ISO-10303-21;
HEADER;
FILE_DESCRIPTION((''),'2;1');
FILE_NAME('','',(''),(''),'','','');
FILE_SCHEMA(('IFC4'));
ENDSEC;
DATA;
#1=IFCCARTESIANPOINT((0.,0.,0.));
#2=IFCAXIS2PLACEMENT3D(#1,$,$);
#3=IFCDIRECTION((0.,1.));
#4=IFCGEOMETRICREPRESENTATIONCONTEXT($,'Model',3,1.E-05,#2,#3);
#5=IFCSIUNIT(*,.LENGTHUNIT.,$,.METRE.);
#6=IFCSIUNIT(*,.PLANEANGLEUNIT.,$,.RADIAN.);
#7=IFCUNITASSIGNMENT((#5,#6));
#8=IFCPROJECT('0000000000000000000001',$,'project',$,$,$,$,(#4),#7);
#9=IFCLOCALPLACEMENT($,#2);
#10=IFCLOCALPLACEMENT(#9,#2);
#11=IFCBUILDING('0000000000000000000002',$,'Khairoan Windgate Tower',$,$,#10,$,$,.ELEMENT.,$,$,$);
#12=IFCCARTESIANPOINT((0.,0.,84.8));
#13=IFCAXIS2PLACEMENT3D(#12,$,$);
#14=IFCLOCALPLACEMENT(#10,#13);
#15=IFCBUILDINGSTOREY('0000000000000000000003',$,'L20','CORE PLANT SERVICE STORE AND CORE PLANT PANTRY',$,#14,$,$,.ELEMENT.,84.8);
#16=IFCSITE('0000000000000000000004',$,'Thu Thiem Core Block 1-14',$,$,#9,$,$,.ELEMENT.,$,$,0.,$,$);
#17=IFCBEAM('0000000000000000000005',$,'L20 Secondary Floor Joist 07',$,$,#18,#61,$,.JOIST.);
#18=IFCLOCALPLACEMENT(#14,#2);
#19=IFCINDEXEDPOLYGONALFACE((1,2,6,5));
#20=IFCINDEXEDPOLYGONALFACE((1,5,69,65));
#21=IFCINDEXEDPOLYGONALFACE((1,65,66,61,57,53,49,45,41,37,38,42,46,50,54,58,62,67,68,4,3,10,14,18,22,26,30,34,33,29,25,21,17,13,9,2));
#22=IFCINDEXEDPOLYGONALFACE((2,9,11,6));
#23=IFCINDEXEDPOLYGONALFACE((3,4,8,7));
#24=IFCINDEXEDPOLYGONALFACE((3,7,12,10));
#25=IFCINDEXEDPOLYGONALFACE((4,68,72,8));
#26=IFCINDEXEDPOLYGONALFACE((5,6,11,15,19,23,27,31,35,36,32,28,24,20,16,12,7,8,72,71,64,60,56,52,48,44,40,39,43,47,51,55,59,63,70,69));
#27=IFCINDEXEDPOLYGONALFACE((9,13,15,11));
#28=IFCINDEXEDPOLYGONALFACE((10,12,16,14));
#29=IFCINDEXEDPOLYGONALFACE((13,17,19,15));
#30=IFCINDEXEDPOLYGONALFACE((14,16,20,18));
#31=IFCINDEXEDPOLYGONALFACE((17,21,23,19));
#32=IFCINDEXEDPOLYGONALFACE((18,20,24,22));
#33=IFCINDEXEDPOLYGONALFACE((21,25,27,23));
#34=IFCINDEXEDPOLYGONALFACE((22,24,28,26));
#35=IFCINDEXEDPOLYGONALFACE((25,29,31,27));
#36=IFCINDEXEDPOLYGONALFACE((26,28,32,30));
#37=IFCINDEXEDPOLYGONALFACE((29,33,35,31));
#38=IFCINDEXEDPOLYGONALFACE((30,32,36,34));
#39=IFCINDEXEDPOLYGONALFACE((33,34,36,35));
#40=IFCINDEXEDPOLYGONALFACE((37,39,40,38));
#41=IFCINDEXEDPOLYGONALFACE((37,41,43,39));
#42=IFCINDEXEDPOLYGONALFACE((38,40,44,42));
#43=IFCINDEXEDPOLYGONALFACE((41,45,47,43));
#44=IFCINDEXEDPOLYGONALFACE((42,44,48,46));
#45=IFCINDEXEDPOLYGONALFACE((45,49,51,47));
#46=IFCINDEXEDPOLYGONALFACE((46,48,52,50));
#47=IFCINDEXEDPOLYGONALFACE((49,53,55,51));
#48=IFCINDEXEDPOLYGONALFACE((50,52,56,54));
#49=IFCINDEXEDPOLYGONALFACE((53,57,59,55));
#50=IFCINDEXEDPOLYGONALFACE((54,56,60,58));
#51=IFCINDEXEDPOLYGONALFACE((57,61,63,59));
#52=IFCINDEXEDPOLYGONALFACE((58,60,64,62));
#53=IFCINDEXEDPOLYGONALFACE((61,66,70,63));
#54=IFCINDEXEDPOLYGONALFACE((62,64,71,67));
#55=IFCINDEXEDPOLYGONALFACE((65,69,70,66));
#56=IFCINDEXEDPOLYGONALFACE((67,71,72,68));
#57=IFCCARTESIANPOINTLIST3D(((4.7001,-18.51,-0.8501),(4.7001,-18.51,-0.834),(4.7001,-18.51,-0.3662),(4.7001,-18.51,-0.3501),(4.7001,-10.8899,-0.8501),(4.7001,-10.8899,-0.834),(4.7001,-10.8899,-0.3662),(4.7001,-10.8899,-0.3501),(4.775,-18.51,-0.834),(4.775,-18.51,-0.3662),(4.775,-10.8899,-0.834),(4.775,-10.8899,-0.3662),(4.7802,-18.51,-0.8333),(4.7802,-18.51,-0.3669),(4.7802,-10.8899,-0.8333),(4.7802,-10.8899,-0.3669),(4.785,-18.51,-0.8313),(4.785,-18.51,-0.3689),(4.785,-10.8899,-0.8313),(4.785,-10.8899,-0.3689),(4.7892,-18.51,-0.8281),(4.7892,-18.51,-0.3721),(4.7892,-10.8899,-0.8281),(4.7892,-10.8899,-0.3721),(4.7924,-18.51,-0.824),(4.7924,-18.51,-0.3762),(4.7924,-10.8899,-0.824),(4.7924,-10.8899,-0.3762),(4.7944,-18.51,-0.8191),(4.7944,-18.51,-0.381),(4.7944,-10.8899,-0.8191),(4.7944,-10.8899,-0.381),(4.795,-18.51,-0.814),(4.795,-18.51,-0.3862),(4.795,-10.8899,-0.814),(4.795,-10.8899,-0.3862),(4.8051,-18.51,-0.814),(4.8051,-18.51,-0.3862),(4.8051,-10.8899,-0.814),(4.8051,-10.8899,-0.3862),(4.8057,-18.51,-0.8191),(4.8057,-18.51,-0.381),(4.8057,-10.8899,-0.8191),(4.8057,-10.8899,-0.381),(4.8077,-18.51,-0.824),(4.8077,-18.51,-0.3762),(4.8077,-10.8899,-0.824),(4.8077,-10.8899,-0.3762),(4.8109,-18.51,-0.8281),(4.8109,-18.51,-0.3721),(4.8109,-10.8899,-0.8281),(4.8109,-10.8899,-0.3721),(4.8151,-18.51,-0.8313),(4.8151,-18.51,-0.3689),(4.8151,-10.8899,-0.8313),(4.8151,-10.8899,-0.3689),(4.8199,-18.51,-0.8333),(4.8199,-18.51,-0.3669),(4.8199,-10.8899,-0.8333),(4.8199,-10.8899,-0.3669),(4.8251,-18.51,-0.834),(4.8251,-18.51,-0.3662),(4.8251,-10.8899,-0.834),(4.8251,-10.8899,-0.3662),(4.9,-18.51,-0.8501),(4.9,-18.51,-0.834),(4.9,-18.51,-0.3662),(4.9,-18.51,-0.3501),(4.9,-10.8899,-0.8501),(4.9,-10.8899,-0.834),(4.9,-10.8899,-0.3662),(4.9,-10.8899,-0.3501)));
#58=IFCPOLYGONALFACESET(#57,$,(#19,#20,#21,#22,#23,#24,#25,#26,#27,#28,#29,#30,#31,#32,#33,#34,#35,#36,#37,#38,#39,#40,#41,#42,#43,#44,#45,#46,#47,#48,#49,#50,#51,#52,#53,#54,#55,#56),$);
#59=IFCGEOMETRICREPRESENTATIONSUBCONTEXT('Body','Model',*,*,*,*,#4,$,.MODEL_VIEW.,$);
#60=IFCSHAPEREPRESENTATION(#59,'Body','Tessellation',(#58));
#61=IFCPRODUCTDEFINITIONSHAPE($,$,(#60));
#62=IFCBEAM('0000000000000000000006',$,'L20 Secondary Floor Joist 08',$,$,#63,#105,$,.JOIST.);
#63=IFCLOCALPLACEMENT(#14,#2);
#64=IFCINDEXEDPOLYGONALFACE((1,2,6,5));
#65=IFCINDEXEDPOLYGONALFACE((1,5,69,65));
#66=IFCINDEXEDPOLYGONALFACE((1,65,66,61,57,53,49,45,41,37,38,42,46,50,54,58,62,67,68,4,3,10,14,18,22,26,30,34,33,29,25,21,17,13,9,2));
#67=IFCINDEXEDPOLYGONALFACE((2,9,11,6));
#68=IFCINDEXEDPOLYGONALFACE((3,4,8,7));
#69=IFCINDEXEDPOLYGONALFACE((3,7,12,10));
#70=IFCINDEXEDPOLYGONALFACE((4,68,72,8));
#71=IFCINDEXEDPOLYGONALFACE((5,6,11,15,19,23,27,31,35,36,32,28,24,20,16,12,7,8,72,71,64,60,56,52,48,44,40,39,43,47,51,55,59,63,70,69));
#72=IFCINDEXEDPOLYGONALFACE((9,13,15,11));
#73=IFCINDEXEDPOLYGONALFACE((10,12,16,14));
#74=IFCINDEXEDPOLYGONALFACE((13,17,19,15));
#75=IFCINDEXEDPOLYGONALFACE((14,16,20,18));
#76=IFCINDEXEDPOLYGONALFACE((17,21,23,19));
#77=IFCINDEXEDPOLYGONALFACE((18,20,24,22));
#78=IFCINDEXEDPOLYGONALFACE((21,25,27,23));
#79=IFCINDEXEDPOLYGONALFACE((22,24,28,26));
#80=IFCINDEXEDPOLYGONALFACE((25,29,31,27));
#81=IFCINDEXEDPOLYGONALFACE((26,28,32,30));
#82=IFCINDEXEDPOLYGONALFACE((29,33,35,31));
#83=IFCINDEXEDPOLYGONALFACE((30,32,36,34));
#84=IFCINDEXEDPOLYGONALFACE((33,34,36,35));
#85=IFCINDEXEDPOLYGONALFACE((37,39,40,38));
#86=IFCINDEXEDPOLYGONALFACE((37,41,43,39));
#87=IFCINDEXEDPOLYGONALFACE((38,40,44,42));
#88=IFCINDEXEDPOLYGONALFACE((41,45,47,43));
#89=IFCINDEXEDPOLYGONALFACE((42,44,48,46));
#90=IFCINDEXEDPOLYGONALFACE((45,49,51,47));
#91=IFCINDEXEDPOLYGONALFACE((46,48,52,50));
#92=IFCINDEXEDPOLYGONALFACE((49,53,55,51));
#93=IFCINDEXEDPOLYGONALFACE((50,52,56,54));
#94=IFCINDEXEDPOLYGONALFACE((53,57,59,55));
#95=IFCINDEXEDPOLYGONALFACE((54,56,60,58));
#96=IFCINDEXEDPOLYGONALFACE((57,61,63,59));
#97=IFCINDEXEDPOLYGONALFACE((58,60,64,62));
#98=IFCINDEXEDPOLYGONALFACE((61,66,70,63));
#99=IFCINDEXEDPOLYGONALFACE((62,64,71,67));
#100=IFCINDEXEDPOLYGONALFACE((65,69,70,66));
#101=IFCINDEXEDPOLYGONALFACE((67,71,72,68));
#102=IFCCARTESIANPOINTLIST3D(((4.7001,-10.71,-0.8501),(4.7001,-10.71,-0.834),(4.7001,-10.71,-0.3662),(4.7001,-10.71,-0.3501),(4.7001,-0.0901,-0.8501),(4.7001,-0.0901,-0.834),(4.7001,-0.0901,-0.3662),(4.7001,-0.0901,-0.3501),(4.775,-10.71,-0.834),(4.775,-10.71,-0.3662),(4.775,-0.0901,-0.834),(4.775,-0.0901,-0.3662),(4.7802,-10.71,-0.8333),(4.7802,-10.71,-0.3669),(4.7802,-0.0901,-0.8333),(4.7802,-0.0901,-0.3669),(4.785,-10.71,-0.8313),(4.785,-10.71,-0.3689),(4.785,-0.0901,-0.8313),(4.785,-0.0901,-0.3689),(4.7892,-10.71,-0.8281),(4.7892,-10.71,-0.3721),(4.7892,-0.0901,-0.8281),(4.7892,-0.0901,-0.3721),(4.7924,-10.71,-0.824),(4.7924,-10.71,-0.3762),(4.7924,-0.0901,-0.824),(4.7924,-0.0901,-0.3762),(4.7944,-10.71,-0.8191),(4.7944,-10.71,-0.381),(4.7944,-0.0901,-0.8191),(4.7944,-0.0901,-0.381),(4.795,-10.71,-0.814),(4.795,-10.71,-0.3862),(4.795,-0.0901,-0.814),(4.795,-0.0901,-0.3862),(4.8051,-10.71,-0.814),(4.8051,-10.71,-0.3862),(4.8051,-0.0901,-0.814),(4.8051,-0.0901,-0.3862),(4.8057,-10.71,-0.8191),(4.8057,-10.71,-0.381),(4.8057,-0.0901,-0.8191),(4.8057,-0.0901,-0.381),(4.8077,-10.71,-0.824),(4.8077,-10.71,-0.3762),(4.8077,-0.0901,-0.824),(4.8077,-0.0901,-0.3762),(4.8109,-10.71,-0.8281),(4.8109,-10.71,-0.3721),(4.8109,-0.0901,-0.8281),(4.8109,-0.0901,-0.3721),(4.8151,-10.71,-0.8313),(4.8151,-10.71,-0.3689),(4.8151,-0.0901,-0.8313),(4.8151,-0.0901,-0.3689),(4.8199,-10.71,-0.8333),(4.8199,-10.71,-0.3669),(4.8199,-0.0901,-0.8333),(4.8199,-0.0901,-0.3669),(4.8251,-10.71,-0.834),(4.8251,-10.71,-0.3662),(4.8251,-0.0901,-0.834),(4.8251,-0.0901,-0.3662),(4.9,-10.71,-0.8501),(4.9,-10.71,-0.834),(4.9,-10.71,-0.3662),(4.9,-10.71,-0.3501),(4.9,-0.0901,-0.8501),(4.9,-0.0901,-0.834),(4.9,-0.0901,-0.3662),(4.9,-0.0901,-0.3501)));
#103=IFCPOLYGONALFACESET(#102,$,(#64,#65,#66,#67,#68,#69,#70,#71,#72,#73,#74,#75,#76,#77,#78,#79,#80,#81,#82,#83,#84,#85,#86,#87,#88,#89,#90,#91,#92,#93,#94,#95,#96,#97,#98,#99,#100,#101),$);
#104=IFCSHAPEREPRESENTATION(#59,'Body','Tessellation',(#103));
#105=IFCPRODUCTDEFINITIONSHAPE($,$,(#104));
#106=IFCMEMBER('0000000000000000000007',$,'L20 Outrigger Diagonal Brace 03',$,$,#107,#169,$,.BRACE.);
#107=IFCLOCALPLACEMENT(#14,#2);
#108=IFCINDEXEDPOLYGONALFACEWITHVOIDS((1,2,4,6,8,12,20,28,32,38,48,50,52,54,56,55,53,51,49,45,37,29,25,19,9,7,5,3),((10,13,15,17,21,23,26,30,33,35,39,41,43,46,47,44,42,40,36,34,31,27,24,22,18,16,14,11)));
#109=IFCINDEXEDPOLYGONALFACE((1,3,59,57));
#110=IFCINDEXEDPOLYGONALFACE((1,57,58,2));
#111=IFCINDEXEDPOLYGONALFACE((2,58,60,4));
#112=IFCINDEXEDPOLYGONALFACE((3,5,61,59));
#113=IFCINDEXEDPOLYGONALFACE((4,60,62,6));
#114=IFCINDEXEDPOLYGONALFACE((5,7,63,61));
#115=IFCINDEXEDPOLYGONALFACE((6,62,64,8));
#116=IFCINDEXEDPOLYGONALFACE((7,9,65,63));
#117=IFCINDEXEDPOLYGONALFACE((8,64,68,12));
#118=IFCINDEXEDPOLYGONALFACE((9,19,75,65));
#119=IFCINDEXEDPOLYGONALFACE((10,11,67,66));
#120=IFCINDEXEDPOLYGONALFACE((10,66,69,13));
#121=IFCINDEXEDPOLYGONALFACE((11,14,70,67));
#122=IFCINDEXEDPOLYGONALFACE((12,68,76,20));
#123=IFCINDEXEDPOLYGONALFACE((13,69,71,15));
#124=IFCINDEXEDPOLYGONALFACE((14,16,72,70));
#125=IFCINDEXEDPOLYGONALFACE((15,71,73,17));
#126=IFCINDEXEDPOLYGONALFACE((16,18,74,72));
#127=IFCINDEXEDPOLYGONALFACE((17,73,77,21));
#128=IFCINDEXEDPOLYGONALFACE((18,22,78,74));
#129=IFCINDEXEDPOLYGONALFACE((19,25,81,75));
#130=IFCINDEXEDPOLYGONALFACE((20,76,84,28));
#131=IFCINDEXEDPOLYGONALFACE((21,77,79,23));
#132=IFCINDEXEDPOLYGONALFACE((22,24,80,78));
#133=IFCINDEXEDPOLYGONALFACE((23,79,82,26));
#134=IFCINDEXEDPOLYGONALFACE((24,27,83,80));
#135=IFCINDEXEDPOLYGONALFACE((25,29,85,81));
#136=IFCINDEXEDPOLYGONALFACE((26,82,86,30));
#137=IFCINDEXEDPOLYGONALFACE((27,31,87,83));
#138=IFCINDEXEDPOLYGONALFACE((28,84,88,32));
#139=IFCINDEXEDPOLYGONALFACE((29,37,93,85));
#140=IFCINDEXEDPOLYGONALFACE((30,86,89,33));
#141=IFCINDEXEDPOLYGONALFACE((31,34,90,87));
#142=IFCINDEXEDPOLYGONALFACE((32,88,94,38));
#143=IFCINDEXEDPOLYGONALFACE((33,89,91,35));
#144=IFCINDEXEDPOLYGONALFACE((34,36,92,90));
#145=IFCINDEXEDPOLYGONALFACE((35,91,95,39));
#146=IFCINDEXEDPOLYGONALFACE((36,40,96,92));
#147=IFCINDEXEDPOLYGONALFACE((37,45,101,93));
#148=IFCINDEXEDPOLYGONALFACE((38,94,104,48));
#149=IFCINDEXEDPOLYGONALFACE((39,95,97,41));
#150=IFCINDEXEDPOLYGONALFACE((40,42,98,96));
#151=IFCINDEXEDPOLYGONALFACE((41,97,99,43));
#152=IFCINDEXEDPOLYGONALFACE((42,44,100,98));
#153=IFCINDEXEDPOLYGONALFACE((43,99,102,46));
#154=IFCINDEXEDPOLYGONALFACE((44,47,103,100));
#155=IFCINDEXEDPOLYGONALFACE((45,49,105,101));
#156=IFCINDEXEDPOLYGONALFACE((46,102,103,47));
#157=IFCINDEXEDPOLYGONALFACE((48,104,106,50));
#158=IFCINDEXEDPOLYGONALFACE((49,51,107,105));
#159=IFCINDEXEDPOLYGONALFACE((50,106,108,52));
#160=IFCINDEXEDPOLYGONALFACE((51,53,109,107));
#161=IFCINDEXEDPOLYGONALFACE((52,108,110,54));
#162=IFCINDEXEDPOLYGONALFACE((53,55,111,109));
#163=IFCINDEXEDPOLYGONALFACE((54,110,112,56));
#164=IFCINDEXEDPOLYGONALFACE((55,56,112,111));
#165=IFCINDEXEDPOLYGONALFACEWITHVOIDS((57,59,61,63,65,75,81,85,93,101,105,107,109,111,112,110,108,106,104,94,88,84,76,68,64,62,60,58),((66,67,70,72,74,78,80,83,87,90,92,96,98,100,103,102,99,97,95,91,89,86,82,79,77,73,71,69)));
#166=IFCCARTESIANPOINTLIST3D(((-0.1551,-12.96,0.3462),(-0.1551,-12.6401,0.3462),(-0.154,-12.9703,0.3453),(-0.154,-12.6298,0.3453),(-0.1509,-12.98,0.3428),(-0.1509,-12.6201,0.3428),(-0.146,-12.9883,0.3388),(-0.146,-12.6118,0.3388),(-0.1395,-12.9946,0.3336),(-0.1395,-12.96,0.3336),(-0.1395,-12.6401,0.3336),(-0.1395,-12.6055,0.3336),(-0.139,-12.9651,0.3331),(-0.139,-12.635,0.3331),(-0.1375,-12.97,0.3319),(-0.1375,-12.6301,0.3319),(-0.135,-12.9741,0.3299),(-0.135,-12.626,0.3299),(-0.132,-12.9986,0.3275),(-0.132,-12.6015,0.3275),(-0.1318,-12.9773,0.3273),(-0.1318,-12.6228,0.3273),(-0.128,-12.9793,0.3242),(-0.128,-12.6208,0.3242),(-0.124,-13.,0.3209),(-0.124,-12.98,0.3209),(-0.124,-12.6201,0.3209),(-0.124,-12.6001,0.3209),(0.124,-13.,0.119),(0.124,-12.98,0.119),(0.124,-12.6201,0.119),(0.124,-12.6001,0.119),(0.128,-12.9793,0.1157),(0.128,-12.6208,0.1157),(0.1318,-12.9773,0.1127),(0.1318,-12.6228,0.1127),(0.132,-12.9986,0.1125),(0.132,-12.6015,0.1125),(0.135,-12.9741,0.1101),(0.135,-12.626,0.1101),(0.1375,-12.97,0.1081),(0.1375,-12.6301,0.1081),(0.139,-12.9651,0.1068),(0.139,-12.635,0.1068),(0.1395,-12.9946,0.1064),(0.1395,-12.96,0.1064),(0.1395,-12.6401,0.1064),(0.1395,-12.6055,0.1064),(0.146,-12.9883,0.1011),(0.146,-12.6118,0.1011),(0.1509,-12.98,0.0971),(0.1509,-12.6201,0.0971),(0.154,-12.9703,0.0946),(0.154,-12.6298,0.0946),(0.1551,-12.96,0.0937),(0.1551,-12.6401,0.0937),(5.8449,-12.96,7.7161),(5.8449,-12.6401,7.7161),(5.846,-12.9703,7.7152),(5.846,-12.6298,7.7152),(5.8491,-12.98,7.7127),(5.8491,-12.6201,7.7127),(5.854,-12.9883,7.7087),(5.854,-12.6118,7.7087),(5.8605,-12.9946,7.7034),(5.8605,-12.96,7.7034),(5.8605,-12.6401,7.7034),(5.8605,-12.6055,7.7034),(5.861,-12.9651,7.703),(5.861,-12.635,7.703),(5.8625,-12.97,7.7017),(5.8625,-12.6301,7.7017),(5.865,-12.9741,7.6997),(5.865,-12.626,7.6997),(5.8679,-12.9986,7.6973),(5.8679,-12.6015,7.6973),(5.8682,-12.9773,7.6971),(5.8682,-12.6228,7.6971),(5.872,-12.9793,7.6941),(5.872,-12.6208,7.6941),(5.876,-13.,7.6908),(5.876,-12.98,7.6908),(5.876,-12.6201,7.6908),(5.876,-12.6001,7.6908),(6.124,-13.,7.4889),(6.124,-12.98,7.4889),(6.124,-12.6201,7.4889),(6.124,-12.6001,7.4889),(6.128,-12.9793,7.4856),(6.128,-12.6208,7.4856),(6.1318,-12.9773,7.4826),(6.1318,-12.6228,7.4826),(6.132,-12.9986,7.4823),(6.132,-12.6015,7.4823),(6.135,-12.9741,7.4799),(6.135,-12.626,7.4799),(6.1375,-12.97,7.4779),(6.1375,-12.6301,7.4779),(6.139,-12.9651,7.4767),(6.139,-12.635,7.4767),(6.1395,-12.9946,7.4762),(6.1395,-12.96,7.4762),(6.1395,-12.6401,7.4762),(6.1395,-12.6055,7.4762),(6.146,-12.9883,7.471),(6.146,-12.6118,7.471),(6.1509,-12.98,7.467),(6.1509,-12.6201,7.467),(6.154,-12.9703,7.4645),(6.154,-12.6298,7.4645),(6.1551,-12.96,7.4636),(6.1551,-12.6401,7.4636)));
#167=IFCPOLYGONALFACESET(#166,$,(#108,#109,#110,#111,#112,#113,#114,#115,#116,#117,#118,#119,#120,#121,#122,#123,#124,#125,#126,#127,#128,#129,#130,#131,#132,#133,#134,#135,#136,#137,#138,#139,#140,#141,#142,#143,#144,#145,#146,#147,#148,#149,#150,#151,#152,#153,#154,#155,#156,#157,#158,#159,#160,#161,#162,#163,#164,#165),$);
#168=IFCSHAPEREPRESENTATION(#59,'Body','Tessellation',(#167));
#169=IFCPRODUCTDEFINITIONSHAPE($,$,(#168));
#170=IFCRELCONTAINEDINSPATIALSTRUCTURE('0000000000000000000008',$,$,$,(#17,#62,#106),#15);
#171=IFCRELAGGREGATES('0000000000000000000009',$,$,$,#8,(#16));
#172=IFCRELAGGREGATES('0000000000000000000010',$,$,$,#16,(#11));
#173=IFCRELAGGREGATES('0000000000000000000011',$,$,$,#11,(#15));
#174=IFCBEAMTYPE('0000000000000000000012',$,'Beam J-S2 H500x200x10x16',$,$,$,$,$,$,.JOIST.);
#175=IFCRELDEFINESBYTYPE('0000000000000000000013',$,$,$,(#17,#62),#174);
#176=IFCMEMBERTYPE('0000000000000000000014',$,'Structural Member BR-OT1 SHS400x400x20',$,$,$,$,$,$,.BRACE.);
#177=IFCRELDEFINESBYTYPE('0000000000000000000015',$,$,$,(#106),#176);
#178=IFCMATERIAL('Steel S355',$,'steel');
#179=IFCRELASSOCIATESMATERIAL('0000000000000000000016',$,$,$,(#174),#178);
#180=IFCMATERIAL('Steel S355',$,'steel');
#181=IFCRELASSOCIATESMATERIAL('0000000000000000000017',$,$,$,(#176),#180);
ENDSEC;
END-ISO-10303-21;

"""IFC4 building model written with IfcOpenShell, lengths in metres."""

from ifc_helpers import new_model, si_unit, direction, frame, origin, origin_2d, place, context, subcontext, project, spatial, hollow_rectangle, i_section, extrude, material, material_profile, profile_set, type_object, element, save


model = new_model("IFC4")

# Units and contexts
model_context = context("Model", 3, precision=1e-05, world=origin(), true_north=direction((0.0, 1.0)))
body_context = subcontext(model_context, "Body", "Model", "MODEL_VIEW")
ifc_project = project(units=[si_unit("LENGTHUNIT", "METRE"), si_unit("PLANEANGLEUNIT", "RADIAN")], contexts=[model_context])

# Site, building, storey
site_placement = place(None, origin())
site = spatial("IfcSite", under=ifc_project, at=site_placement, Name="Thu Thiem Core Block 1-14", CompositionType="ELEMENT", RefElevation=0.0)
building_placement = place(site_placement, origin())
building = spatial("IfcBuilding", under=site, at=building_placement, Name="Khairoan Windgate Tower", CompositionType="ELEMENT")
storey_placement = place(building_placement, frame((0.0, 0.0, 84.8)))
storey = spatial("IfcBuildingStorey", under=building, at=storey_placement, Name="L20", Description="CORE PLANT SERVICE STORE AND CORE PLANT PANTRY", CompositionType="ELEMENT", Elevation=84.8)

# Beams
ifc_material_1 = material(Name="Steel S355", Category="steel")
ifc_material_profile_1 = material_profile(ifc_material_1, i_section(OverallWidth=0.2, OverallDepth=0.5, WebThickness=0.01, FlangeThickness=0.0161, FilletRadius=0.02, at=origin_2d()))
ifc_profile_set_1 = profile_set([ifc_material_profile_1], Name="Steel S355")
beam_type_1 = type_object("IfcBeamType", Name="Beam J-S2 H500x200x10x16", PredefinedType="JOIST", material=ifc_profile_set_1)
beam_1_placement = place(storey_placement, frame((4.8, -18.51, -0.6001), z_axis=(0.0, 1.0, 0.0), x_axis=(-1.0, 0.0, 0.0)))
element("IfcBeam", 1, at=beam_1_placement, inside=storey, type_object=beam_type_1, Name="L20 Secondary Floor Joist 07", PredefinedType="JOIST", context=body_context, shape_type="SweptSolid", body=[
    extrude(i_section(OverallWidth=0.2, OverallDepth=0.5, WebThickness=0.01, FlangeThickness=0.0161, FilletRadius=0.02, at=origin_2d()), origin(), (0.0, 0.0, 1.0), 7.6201),
])
beam_2_placement = place(storey_placement, frame((4.8, -10.71, -0.6001), z_axis=(0.0, 1.0, 0.0), x_axis=(-1.0, 0.0, 0.0)))
element("IfcBeam", 2, at=beam_2_placement, inside=storey, type_object=beam_type_1, Name="L20 Secondary Floor Joist 08", PredefinedType="JOIST", context=body_context, shape_type="SweptSolid", body=[
    extrude(i_section(OverallWidth=0.2, OverallDepth=0.5, WebThickness=0.01, FlangeThickness=0.0161, FilletRadius=0.02, at=origin_2d()), origin(), (0.0, 0.0, 1.0), 10.6199),
])

# Member
ifc_material_2 = material(Name="Steel S355", Category="steel")
ifc_material_profile_2 = material_profile(ifc_material_2, hollow_rectangle(XDim=0.3999, YDim=0.3999, WallThickness=0.02, InnerFilletRadius=0.02, OuterFilletRadius=0.04, at=origin_2d()))
ifc_profile_set_2 = profile_set([ifc_material_profile_2], Name="Steel S355")
member_type = type_object("IfcMemberType", Name="Structural Member BR-OT1 SHS400x400x20", PredefinedType="BRACE", material=ifc_profile_set_2)
for number, where, z_axis, x_axis, name in (
    (3, (0.0, -12.8, 0.22), (0.631352, 0.0, 0.775497), (0.0, 1.0, 0.0), "L20 Outrigger Diagonal Brace 03"),
):
    element("IfcMember", number, at=place(storey_placement, frame(where, z_axis=z_axis, x_axis=x_axis)), inside=storey, type_object=member_type, Name=name, PredefinedType="BRACE", context=body_context, shape_type="SweptSolid", body=[
        extrude(hollow_rectangle(XDim=0.3999, YDim=0.3999, WallThickness=0.02, InnerFilletRadius=0.02, OuterFilletRadius=0.04, at=origin_2d()), origin(), (0.0, 0.0, 1.0), 9.5034),
    ])

save(model, "model.ifc")
